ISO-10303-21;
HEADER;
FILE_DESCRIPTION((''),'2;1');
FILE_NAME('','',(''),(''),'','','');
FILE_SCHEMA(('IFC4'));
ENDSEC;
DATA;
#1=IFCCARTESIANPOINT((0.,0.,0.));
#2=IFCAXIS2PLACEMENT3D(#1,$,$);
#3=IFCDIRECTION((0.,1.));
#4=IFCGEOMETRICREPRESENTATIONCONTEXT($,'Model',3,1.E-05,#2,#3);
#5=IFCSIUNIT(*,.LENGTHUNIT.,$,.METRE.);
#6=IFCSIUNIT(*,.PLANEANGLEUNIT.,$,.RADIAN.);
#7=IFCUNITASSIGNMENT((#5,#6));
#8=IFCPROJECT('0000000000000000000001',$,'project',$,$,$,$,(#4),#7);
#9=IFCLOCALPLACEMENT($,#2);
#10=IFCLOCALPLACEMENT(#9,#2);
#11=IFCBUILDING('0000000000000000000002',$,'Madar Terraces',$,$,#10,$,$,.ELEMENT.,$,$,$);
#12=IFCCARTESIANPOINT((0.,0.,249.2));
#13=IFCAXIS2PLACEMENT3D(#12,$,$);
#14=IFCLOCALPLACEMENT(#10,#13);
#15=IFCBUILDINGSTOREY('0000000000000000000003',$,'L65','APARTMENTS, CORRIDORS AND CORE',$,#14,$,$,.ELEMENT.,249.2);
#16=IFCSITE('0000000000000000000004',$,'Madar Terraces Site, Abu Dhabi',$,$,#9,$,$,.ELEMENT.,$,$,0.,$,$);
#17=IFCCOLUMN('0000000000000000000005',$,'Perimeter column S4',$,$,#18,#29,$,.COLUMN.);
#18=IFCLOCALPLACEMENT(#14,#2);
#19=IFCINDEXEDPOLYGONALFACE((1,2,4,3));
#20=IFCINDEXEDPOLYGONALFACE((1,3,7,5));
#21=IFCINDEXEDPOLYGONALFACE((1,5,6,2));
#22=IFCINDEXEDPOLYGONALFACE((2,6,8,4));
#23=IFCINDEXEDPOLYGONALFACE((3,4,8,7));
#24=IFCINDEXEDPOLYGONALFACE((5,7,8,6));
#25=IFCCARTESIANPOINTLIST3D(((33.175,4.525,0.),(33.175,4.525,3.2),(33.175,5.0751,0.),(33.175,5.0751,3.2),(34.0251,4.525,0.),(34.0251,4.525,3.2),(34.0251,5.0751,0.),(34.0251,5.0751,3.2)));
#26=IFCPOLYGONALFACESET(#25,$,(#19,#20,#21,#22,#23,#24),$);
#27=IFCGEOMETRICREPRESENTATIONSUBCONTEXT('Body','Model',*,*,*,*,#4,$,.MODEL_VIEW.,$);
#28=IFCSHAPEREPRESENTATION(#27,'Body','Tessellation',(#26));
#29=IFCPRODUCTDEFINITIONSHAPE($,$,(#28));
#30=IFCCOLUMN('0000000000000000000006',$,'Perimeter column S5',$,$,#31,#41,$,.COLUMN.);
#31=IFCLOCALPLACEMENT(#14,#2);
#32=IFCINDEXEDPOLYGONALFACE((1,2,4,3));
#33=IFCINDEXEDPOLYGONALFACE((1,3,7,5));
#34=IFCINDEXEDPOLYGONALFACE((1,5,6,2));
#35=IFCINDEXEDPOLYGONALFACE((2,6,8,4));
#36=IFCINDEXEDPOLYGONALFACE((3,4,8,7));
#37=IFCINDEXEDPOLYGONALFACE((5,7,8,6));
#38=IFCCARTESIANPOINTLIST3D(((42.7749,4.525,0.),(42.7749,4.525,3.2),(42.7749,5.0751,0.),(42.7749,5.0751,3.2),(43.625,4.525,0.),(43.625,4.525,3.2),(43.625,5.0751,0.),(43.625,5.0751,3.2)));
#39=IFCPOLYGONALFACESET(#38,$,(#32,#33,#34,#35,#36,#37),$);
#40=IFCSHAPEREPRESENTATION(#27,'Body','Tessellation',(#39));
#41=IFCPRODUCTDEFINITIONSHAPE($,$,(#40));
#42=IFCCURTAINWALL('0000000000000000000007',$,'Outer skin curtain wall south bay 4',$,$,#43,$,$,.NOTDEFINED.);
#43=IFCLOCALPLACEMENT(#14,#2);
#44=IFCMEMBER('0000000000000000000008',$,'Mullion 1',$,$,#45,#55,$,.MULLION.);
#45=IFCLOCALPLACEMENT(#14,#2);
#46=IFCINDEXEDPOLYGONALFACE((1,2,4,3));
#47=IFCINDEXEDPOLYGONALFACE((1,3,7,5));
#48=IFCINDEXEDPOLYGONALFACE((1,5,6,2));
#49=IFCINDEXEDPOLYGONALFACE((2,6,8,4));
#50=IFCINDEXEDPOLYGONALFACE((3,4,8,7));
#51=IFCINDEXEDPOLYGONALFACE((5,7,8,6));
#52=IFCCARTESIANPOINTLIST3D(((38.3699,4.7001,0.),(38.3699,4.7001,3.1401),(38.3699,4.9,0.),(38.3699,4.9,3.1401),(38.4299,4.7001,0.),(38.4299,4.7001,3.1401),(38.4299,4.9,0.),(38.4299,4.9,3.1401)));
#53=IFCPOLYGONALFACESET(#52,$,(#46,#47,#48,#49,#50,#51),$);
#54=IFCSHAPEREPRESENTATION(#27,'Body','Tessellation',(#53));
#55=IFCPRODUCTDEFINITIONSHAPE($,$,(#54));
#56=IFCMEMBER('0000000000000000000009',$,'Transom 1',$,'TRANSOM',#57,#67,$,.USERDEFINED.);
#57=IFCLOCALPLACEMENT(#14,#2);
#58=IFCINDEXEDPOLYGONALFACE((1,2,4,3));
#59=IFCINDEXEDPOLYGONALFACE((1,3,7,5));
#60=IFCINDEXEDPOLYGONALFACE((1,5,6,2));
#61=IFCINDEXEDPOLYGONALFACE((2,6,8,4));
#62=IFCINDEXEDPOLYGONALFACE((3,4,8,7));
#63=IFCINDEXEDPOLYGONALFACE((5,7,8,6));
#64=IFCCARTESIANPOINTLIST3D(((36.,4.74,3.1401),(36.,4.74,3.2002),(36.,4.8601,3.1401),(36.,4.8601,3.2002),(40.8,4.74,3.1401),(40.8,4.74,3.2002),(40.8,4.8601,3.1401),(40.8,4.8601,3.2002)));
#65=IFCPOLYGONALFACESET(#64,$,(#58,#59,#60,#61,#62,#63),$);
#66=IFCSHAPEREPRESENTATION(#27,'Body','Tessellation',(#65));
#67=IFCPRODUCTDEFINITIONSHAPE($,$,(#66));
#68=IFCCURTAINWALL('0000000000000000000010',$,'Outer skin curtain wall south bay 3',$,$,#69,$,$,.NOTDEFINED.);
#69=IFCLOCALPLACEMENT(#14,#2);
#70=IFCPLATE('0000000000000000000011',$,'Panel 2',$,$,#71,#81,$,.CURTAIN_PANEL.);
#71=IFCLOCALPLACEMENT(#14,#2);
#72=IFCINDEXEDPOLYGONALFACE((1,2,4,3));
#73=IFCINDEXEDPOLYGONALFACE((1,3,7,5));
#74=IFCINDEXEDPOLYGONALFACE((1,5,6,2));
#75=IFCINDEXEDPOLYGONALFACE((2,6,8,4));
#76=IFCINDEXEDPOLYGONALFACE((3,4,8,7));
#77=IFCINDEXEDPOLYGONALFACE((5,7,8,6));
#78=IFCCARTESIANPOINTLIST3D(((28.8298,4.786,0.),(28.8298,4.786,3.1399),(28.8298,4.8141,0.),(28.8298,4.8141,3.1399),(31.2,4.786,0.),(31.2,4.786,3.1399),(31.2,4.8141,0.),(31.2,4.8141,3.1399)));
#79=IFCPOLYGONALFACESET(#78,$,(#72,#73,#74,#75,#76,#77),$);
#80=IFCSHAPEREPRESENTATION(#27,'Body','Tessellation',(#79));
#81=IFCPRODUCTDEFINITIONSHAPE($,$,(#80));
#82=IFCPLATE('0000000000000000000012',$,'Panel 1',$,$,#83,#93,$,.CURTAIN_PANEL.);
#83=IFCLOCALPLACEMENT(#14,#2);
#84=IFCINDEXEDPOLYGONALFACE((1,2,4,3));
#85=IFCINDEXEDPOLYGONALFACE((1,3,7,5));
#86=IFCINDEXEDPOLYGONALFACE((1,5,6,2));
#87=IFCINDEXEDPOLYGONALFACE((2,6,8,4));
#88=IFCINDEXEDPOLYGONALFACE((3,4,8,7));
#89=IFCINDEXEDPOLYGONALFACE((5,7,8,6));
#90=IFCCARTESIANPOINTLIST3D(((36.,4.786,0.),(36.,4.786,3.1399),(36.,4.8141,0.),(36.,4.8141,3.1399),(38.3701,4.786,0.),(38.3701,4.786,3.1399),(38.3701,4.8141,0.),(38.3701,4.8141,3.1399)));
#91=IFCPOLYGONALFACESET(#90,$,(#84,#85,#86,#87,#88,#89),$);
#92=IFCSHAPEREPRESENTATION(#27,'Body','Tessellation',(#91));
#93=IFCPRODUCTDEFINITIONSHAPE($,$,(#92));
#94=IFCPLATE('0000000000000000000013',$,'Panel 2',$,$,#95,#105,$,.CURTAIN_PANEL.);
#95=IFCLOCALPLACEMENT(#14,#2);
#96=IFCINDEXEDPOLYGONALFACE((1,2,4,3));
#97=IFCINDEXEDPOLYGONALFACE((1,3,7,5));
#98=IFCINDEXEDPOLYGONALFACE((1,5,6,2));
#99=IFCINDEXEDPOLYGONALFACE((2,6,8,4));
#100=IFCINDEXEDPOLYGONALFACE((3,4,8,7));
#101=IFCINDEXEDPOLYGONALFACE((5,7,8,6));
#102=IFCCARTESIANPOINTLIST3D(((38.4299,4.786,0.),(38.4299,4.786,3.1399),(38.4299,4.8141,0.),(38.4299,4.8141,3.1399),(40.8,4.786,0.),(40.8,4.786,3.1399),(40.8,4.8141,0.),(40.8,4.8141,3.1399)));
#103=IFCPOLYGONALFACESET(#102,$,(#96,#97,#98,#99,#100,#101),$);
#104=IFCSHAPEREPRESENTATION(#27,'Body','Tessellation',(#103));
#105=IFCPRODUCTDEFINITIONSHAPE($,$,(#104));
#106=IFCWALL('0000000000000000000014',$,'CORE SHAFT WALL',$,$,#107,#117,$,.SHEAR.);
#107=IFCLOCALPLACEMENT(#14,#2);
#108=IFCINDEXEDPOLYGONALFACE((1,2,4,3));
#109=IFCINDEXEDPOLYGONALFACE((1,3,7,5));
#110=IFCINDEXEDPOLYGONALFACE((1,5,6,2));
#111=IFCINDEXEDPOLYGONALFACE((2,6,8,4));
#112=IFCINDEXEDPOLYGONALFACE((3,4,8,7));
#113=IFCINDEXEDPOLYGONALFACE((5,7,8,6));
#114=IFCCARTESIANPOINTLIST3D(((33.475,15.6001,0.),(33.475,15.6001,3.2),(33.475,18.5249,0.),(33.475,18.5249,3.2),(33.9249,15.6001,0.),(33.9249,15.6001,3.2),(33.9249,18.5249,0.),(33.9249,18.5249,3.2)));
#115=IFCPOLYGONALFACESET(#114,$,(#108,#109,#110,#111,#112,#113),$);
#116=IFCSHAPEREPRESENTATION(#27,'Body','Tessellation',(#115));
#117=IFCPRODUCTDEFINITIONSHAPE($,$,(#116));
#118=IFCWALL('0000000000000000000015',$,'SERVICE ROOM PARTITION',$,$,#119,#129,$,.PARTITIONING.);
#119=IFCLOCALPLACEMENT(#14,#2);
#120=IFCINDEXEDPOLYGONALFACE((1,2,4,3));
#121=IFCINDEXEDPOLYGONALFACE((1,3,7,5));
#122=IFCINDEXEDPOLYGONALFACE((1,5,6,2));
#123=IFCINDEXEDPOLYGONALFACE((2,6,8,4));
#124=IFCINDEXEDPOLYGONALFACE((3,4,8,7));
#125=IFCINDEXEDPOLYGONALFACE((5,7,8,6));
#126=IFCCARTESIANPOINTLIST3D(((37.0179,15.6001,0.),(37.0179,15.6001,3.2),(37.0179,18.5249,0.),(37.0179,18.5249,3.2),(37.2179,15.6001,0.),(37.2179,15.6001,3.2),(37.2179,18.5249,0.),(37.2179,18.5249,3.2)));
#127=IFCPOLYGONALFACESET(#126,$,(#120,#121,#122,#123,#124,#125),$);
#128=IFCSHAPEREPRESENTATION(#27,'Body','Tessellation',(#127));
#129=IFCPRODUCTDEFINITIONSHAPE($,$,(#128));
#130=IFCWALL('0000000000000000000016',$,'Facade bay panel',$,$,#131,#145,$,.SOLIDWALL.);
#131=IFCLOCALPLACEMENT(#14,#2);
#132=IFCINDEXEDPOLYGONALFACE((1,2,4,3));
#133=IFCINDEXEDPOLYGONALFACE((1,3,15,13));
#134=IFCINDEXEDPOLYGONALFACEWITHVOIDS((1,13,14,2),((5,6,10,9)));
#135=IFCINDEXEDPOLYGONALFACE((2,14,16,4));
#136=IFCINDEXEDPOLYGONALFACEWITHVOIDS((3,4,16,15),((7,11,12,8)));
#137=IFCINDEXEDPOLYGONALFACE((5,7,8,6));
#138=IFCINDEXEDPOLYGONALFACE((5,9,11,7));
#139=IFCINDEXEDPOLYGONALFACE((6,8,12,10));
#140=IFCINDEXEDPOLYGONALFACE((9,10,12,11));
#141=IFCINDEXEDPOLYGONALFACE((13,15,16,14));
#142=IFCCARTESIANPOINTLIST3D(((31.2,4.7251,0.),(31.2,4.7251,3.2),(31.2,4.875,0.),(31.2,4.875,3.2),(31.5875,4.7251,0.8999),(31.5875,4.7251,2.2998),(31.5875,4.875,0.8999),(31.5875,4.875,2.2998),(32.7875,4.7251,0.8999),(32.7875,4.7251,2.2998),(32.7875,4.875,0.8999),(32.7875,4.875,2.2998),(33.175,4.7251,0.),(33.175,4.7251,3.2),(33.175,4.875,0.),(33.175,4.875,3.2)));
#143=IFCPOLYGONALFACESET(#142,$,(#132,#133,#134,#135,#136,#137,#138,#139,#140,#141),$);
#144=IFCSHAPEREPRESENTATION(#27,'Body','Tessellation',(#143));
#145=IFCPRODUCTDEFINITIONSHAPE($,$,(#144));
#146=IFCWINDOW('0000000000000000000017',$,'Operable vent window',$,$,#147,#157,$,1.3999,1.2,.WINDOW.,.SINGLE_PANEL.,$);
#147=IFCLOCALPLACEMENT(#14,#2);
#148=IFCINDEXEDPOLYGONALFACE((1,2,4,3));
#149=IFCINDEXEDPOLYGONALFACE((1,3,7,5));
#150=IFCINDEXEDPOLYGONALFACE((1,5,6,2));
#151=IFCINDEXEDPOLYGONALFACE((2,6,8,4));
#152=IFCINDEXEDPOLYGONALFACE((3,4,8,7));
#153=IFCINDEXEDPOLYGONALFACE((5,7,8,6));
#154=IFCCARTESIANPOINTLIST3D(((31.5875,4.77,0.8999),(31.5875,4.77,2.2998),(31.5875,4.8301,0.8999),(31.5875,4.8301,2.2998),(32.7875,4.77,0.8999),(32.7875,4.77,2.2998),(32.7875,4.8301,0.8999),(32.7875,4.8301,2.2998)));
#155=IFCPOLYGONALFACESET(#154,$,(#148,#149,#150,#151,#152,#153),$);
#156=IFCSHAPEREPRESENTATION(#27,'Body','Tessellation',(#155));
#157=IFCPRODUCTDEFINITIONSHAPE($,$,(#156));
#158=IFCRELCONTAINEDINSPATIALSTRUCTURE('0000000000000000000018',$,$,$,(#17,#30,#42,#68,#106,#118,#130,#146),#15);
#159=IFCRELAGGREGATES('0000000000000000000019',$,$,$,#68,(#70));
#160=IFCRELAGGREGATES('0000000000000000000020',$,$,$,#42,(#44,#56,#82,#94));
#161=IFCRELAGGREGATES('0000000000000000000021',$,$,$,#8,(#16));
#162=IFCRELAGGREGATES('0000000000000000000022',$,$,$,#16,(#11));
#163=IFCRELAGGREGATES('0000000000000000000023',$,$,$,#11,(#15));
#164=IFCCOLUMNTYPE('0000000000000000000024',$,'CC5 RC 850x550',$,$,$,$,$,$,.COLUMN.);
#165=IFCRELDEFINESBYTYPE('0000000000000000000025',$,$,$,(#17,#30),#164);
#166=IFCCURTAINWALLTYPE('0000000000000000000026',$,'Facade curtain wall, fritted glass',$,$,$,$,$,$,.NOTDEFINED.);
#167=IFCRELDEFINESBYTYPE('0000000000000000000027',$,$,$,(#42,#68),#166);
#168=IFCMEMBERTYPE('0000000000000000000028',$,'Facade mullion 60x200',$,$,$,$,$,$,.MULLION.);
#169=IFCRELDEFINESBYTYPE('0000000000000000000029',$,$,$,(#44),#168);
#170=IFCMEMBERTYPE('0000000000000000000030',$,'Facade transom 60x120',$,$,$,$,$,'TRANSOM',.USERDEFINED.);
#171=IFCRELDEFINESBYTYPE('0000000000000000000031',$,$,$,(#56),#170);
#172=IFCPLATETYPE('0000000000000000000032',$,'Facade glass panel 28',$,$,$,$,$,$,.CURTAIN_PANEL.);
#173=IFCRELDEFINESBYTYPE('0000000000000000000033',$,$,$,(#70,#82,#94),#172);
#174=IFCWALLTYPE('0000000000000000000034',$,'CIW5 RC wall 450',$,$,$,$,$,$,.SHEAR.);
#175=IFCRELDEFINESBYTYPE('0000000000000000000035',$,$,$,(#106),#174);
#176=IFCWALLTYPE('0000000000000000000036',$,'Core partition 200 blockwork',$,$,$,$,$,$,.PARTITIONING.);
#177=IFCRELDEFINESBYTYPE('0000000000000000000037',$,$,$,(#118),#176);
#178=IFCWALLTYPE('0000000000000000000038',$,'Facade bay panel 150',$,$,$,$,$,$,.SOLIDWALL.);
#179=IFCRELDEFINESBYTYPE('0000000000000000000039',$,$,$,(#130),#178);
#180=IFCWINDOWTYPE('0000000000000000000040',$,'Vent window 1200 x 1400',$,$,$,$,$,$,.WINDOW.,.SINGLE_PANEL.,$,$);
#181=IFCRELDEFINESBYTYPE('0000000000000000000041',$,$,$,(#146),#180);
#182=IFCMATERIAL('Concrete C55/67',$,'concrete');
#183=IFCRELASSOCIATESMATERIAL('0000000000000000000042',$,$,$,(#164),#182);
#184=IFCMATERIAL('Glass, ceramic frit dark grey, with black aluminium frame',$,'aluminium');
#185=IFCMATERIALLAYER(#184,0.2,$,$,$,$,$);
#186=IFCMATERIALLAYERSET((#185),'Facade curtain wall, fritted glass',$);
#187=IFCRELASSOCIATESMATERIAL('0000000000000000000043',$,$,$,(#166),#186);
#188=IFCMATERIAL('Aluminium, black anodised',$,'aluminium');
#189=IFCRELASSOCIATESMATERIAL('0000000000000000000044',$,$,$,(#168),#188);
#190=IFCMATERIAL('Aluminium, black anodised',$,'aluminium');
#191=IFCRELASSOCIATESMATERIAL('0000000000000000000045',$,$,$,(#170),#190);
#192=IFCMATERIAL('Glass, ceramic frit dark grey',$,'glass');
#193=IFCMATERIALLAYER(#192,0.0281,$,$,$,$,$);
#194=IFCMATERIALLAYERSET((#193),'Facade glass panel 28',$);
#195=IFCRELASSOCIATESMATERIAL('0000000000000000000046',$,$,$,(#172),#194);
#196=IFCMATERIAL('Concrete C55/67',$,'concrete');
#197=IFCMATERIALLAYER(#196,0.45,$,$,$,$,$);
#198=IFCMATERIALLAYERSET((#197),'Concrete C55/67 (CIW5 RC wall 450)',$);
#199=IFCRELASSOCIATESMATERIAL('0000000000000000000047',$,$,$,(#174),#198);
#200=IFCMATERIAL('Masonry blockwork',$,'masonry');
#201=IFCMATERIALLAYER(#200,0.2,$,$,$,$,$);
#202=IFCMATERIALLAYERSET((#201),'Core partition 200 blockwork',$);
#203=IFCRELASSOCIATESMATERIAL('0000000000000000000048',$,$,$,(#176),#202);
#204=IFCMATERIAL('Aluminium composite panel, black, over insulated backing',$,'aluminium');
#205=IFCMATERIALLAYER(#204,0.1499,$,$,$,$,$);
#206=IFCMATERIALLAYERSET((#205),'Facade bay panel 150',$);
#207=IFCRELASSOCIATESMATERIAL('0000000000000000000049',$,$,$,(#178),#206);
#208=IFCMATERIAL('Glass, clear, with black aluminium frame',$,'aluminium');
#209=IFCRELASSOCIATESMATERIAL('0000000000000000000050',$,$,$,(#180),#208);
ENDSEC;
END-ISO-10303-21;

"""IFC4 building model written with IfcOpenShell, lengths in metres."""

from ifc_helpers import new_model, si_unit, direction, frame, frame_2d, origin, origin_2d, place, context, subcontext, project, spatial, rectangle, extrude, material, layer, layer_set, material_profile, profile_set, type_object, element, fill, aggregate, save


model = new_model("IFC4")

# Units and contexts
model_context = context("Model", 3, precision=1e-05, world=origin(), true_north=direction((0.0, 1.0)))
body_context = subcontext(model_context, "Body", "Model", "MODEL_VIEW")
ifc_project = project(units=[si_unit("LENGTHUNIT", "METRE"), si_unit("PLANEANGLEUNIT", "RADIAN")], contexts=[model_context])

# Site, building, storey
site_placement = place(None, origin())
site = spatial("IfcSite", under=ifc_project, at=site_placement, Name="Madar Terraces Site, Abu Dhabi", CompositionType="ELEMENT", RefElevation=0.0)
building_placement = place(site_placement, origin())
building = spatial("IfcBuilding", under=site, at=building_placement, Name="Madar Terraces", CompositionType="ELEMENT")
storey_placement = place(building_placement, frame((0.0, 0.0, 249.2)))
storey = spatial("IfcBuildingStorey", under=building, at=storey_placement, Name="L65", Description="APARTMENTS, CORRIDORS AND CORE", CompositionType="ELEMENT", Elevation=249.2)

# Columns
ifc_material_1 = material(Name="Concrete C55/67", Category="concrete")
ifc_material_profile_1 = material_profile(ifc_material_1, rectangle(XDim=0.8501, YDim=0.55, at=origin_2d()), Name="CC5 RC 850x550")
ifc_profile_set_1 = profile_set([ifc_material_profile_1], Name="Concrete C55/67")
column_type = type_object("IfcColumnType", Name="CC5 RC 850x550", PredefinedType="COLUMN", material=ifc_profile_set_1)
for number, where, z_axis, x_axis, name in (
    (1, (33.6001, 4.8, 0.0), (0.0, 0.0, 1.0), (1.0, 0.0, 0.0), "Perimeter column S4"),
    (2, (43.2, 4.8, 0.0), (0.0, 0.0, 1.0), (1.0, 0.0, 0.0), "Perimeter column S5"),
):
    element("IfcColumn", number, at=place(storey_placement, frame(where, z_axis=z_axis, x_axis=x_axis)), inside=storey, type_object=column_type, Name=name, PredefinedType="COLUMN", context=body_context, shape_type="SweptSolid", body=[
        extrude(rectangle(XDim=0.8501, YDim=0.55, at=origin_2d()), origin(), (0.0, 0.0, 1.0), 3.2),
    ])

# Curtain wall, members
ifc_material_2 = material(Name="Glass, ceramic frit dark grey, with black aluminium frame", Category="aluminium")
ifc_layer_1 = layer(ifc_material_2, 0.2)
ifc_layer_set_1 = layer_set([ifc_layer_1], Name="Facade curtain wall, fritted glass")
curtain_wall_type = type_object("IfcCurtainWallType", Name="Facade curtain wall, fritted glass", PredefinedType="NOTDEFINED", material=ifc_layer_set_1)
curtain_wall_1_placement = place(storey_placement, origin())
curtain_wall_1 = element("IfcCurtainWall", 3, at=curtain_wall_1_placement, inside=storey, type_object=curtain_wall_type, Name="Outer skin curtain wall south bay 4", PredefinedType="NOTDEFINED")
ifc_material_3 = material(Name="Aluminium, black anodised", Category="aluminium")
ifc_material_profile_2 = material_profile(ifc_material_3, rectangle(XDim=0.2, YDim=0.0601, at=origin_2d()), Name="Facade mullion 60x200")
ifc_profile_set_2 = profile_set([ifc_material_profile_2], Name="Aluminium, black anodised")
member_type_1 = type_object("IfcMemberType", Name="Facade mullion 60x200", PredefinedType="MULLION", material=ifc_profile_set_2)
member_1_placement = place(storey_placement, frame((38.3999, 4.8, 0.0), z_axis=(0.0, 0.0, 1.0), x_axis=(0.0, 1.0, 0.0)))
member_1 = element("IfcMember", 4, at=member_1_placement, type_object=member_type_1, Name="Mullion 1", PredefinedType="MULLION", context=body_context, shape_type="SweptSolid", body=[
    extrude(rectangle(XDim=0.2, YDim=0.0601, at=origin_2d()), origin(), (0.0, 0.0, 1.0), 3.1401),
])
ifc_material_4 = material(Name="Aluminium, black anodised", Category="aluminium")
ifc_material_profile_3 = material_profile(ifc_material_4, rectangle(XDim=0.1201, YDim=0.0601, at=origin_2d()), Name="Facade transom 60x120")
ifc_profile_set_3 = profile_set([ifc_material_profile_3], Name="Aluminium, black anodised")
member_type_2 = type_object("IfcMemberType", Name="Facade transom 60x120", ElementType="TRANSOM", PredefinedType="USERDEFINED", material=ifc_profile_set_3)
member_2_placement = place(storey_placement, frame((36.0, 4.8, 3.1702), z_axis=(1.0, 0.0, 0.0), x_axis=(0.0, 1.0, 0.0)))
member_2 = element("IfcMember", 5, at=member_2_placement, type_object=member_type_2, Name="Transom 1", ObjectType="TRANSOM", PredefinedType="USERDEFINED", context=body_context, shape_type="SweptSolid", body=[
    extrude(rectangle(XDim=0.1201, YDim=0.0601, at=origin_2d()), origin(), (0.0, 0.0, 1.0), 4.8),
])

# Curtain wall, plate
curtain_wall_2_placement = place(storey_placement, origin())
curtain_wall_2 = element("IfcCurtainWall", 6, at=curtain_wall_2_placement, inside=storey, type_object=curtain_wall_type, Name="Outer skin curtain wall south bay 3", PredefinedType="NOTDEFINED")
ifc_material_5 = material(Name="Glass, ceramic frit dark grey", Category="glass")
ifc_layer_2 = layer(ifc_material_5, 0.0281)
ifc_layer_set_2 = layer_set([ifc_layer_2], Name="Facade glass panel 28")
plate_type = type_object("IfcPlateType", Name="Facade glass panel 28", PredefinedType="CURTAIN_PANEL", material=ifc_layer_set_2)
plate_1_placement = place(storey_placement, frame((30.0149, 4.8, 0.0), z_axis=(0.0, 0.0, 1.0), x_axis=(1.0, 0.0, 0.0)))
plate_1 = element("IfcPlate", 7, at=plate_1_placement, type_object=plate_type, Name="Panel 2", PredefinedType="CURTAIN_PANEL", context=body_context, shape_type="SweptSolid", body=[
    extrude(rectangle(XDim=2.3701, YDim=0.0281, at=origin_2d()), origin(), (0.0, 0.0, 1.0), 3.1399),
])
aggregate(curtain_wall_2, [plate_1])

# Plates
plate_2_placement = place(storey_placement, frame((37.1851, 4.8, 0.0), z_axis=(0.0, 0.0, 1.0), x_axis=(1.0, 0.0, 0.0)))
plate_2 = element("IfcPlate", 8, at=plate_2_placement, type_object=plate_type, Name="Panel 1", PredefinedType="CURTAIN_PANEL", context=body_context, shape_type="SweptSolid", body=[
    extrude(rectangle(XDim=2.3701, YDim=0.0281, at=origin_2d()), origin(), (0.0, 0.0, 1.0), 3.1399),
])
plate_3_placement = place(storey_placement, frame((39.615, 4.8, 0.0), z_axis=(0.0, 0.0, 1.0), x_axis=(1.0, 0.0, 0.0)))
plate_3 = element("IfcPlate", 9, at=plate_3_placement, type_object=plate_type, Name="Panel 2", PredefinedType="CURTAIN_PANEL", context=body_context, shape_type="SweptSolid", body=[
    extrude(rectangle(XDim=2.3701, YDim=0.0281, at=origin_2d()), origin(), (0.0, 0.0, 1.0), 3.1399),
])
aggregate(curtain_wall_1, [member_1, member_2, plate_2, plate_3])

# Walls
ifc_material_6 = material(Name="Concrete C55/67", Category="concrete")
ifc_layer_3 = layer(ifc_material_6, 0.45)
ifc_layer_set_3 = layer_set([ifc_layer_3], Name="Concrete C55/67 (CIW5 RC wall 450)")
wall_type_1 = type_object("IfcWallType", Name="CIW5 RC wall 450", PredefinedType="SHEAR", material=ifc_layer_set_3)
wall_1_placement = place(storey_placement, frame((33.7, 15.6001, 0.0), z_axis=(0.0, 0.0, 1.0), x_axis=(0.0, 1.0, 0.0)))
element("IfcWall", 10, at=wall_1_placement, inside=storey, type_object=wall_type_1, Name="CORE SHAFT WALL", PredefinedType="SHEAR", context=body_context, shape_type="SweptSolid", body=[
    extrude(rectangle(XDim=2.9248, YDim=0.45, at=frame_2d((1.4624, 0.0))), origin(), (0.0, 0.0, 1.0), 3.2),
])
ifc_material_7 = material(Name="Masonry blockwork", Category="masonry")
ifc_layer_4 = layer(ifc_material_7, 0.2)
ifc_layer_set_4 = layer_set([ifc_layer_4], Name="Core partition 200 blockwork")
wall_type_2 = type_object("IfcWallType", Name="Core partition 200 blockwork", PredefinedType="PARTITIONING", material=ifc_layer_set_4)
wall_2_placement = place(storey_placement, frame((37.1179, 15.6001, 0.0), z_axis=(0.0, 0.0, 1.0), x_axis=(0.0, 1.0, 0.0)))
element("IfcWall", 11, at=wall_2_placement, inside=storey, type_object=wall_type_2, Name="SERVICE ROOM PARTITION", PredefinedType="PARTITIONING", context=body_context, shape_type="SweptSolid", body=[
    extrude(rectangle(XDim=2.9248, YDim=0.2, at=frame_2d((1.4624, 0.0))), origin(), (0.0, 0.0, 1.0), 3.2),
])

# Wall, opening, window
ifc_material_8 = material(Name="Aluminium composite panel, black, over insulated backing", Category="aluminium")
ifc_layer_5 = layer(ifc_material_8, 0.1499)
ifc_layer_set_5 = layer_set([ifc_layer_5], Name="Facade bay panel 150")
wall_type_3 = type_object("IfcWallType", Name="Facade bay panel 150", PredefinedType="SOLIDWALL", material=ifc_layer_set_5)
wall_3_placement = place(storey_placement, frame((31.2, 4.8, 0.0), z_axis=(0.0, 0.0, 1.0), x_axis=(1.0, 0.0, 0.0)))
wall_3 = element("IfcWall", 12, at=wall_3_placement, inside=storey, type_object=wall_type_3, Name="Facade bay panel", PredefinedType="SOLIDWALL", context=body_context, shape_type="SweptSolid", body=[
    extrude(rectangle(XDim=1.9751, YDim=0.1499, at=frame_2d((0.9875, 0.0))), origin(), (0.0, 0.0, 1.0), 3.2),
])
opening_1_placement = place(wall_3_placement, frame((0.3875, 0.0, 0.8999)))
opening_1 = element("IfcOpeningElement", 13, at=opening_1_placement, cuts=wall_3, PredefinedType="OPENING", context=body_context, shape_type="SweptSolid", body=[
    extrude(rectangle(XDim=1.2, YDim=1.3999, at=frame_2d((0.6001, 0.7))), frame((0.0, 0.085, 0.0), z_axis=(0.0, -1.0, 0.0), x_axis=(1.0, 0.0, 0.0)), (0.0, 0.0, 1.0), 0.1699),
])
ifc_material_9 = material(Name="Glass, clear, with black aluminium frame", Category="aluminium")
window_type = type_object("IfcWindowType", Name="Vent window 1200 x 1400", PartitioningType="SINGLE_PANEL", PredefinedType="WINDOW", material=ifc_material_9)
window_1_placement = place(opening_1_placement, origin())
window_1 = element("IfcWindow", 14, at=window_1_placement, inside=storey, type_object=window_type, Name="Operable vent window", OverallHeight=1.3999, OverallWidth=1.2, PartitioningType="SINGLE_PANEL", PredefinedType="WINDOW", context=body_context, shape_type="SweptSolid", body=[
    extrude(rectangle(XDim=1.2, YDim=1.3999, at=frame_2d((0.6001, 0.7))), frame((0.0, 0.03, 0.0), z_axis=(0.0, -1.0, 0.0), x_axis=(1.0, 0.0, 0.0)), (0.0, 0.0, 1.0), 0.0601),
])
fill(opening_1, window_1)

save(model, "model.ifc")
